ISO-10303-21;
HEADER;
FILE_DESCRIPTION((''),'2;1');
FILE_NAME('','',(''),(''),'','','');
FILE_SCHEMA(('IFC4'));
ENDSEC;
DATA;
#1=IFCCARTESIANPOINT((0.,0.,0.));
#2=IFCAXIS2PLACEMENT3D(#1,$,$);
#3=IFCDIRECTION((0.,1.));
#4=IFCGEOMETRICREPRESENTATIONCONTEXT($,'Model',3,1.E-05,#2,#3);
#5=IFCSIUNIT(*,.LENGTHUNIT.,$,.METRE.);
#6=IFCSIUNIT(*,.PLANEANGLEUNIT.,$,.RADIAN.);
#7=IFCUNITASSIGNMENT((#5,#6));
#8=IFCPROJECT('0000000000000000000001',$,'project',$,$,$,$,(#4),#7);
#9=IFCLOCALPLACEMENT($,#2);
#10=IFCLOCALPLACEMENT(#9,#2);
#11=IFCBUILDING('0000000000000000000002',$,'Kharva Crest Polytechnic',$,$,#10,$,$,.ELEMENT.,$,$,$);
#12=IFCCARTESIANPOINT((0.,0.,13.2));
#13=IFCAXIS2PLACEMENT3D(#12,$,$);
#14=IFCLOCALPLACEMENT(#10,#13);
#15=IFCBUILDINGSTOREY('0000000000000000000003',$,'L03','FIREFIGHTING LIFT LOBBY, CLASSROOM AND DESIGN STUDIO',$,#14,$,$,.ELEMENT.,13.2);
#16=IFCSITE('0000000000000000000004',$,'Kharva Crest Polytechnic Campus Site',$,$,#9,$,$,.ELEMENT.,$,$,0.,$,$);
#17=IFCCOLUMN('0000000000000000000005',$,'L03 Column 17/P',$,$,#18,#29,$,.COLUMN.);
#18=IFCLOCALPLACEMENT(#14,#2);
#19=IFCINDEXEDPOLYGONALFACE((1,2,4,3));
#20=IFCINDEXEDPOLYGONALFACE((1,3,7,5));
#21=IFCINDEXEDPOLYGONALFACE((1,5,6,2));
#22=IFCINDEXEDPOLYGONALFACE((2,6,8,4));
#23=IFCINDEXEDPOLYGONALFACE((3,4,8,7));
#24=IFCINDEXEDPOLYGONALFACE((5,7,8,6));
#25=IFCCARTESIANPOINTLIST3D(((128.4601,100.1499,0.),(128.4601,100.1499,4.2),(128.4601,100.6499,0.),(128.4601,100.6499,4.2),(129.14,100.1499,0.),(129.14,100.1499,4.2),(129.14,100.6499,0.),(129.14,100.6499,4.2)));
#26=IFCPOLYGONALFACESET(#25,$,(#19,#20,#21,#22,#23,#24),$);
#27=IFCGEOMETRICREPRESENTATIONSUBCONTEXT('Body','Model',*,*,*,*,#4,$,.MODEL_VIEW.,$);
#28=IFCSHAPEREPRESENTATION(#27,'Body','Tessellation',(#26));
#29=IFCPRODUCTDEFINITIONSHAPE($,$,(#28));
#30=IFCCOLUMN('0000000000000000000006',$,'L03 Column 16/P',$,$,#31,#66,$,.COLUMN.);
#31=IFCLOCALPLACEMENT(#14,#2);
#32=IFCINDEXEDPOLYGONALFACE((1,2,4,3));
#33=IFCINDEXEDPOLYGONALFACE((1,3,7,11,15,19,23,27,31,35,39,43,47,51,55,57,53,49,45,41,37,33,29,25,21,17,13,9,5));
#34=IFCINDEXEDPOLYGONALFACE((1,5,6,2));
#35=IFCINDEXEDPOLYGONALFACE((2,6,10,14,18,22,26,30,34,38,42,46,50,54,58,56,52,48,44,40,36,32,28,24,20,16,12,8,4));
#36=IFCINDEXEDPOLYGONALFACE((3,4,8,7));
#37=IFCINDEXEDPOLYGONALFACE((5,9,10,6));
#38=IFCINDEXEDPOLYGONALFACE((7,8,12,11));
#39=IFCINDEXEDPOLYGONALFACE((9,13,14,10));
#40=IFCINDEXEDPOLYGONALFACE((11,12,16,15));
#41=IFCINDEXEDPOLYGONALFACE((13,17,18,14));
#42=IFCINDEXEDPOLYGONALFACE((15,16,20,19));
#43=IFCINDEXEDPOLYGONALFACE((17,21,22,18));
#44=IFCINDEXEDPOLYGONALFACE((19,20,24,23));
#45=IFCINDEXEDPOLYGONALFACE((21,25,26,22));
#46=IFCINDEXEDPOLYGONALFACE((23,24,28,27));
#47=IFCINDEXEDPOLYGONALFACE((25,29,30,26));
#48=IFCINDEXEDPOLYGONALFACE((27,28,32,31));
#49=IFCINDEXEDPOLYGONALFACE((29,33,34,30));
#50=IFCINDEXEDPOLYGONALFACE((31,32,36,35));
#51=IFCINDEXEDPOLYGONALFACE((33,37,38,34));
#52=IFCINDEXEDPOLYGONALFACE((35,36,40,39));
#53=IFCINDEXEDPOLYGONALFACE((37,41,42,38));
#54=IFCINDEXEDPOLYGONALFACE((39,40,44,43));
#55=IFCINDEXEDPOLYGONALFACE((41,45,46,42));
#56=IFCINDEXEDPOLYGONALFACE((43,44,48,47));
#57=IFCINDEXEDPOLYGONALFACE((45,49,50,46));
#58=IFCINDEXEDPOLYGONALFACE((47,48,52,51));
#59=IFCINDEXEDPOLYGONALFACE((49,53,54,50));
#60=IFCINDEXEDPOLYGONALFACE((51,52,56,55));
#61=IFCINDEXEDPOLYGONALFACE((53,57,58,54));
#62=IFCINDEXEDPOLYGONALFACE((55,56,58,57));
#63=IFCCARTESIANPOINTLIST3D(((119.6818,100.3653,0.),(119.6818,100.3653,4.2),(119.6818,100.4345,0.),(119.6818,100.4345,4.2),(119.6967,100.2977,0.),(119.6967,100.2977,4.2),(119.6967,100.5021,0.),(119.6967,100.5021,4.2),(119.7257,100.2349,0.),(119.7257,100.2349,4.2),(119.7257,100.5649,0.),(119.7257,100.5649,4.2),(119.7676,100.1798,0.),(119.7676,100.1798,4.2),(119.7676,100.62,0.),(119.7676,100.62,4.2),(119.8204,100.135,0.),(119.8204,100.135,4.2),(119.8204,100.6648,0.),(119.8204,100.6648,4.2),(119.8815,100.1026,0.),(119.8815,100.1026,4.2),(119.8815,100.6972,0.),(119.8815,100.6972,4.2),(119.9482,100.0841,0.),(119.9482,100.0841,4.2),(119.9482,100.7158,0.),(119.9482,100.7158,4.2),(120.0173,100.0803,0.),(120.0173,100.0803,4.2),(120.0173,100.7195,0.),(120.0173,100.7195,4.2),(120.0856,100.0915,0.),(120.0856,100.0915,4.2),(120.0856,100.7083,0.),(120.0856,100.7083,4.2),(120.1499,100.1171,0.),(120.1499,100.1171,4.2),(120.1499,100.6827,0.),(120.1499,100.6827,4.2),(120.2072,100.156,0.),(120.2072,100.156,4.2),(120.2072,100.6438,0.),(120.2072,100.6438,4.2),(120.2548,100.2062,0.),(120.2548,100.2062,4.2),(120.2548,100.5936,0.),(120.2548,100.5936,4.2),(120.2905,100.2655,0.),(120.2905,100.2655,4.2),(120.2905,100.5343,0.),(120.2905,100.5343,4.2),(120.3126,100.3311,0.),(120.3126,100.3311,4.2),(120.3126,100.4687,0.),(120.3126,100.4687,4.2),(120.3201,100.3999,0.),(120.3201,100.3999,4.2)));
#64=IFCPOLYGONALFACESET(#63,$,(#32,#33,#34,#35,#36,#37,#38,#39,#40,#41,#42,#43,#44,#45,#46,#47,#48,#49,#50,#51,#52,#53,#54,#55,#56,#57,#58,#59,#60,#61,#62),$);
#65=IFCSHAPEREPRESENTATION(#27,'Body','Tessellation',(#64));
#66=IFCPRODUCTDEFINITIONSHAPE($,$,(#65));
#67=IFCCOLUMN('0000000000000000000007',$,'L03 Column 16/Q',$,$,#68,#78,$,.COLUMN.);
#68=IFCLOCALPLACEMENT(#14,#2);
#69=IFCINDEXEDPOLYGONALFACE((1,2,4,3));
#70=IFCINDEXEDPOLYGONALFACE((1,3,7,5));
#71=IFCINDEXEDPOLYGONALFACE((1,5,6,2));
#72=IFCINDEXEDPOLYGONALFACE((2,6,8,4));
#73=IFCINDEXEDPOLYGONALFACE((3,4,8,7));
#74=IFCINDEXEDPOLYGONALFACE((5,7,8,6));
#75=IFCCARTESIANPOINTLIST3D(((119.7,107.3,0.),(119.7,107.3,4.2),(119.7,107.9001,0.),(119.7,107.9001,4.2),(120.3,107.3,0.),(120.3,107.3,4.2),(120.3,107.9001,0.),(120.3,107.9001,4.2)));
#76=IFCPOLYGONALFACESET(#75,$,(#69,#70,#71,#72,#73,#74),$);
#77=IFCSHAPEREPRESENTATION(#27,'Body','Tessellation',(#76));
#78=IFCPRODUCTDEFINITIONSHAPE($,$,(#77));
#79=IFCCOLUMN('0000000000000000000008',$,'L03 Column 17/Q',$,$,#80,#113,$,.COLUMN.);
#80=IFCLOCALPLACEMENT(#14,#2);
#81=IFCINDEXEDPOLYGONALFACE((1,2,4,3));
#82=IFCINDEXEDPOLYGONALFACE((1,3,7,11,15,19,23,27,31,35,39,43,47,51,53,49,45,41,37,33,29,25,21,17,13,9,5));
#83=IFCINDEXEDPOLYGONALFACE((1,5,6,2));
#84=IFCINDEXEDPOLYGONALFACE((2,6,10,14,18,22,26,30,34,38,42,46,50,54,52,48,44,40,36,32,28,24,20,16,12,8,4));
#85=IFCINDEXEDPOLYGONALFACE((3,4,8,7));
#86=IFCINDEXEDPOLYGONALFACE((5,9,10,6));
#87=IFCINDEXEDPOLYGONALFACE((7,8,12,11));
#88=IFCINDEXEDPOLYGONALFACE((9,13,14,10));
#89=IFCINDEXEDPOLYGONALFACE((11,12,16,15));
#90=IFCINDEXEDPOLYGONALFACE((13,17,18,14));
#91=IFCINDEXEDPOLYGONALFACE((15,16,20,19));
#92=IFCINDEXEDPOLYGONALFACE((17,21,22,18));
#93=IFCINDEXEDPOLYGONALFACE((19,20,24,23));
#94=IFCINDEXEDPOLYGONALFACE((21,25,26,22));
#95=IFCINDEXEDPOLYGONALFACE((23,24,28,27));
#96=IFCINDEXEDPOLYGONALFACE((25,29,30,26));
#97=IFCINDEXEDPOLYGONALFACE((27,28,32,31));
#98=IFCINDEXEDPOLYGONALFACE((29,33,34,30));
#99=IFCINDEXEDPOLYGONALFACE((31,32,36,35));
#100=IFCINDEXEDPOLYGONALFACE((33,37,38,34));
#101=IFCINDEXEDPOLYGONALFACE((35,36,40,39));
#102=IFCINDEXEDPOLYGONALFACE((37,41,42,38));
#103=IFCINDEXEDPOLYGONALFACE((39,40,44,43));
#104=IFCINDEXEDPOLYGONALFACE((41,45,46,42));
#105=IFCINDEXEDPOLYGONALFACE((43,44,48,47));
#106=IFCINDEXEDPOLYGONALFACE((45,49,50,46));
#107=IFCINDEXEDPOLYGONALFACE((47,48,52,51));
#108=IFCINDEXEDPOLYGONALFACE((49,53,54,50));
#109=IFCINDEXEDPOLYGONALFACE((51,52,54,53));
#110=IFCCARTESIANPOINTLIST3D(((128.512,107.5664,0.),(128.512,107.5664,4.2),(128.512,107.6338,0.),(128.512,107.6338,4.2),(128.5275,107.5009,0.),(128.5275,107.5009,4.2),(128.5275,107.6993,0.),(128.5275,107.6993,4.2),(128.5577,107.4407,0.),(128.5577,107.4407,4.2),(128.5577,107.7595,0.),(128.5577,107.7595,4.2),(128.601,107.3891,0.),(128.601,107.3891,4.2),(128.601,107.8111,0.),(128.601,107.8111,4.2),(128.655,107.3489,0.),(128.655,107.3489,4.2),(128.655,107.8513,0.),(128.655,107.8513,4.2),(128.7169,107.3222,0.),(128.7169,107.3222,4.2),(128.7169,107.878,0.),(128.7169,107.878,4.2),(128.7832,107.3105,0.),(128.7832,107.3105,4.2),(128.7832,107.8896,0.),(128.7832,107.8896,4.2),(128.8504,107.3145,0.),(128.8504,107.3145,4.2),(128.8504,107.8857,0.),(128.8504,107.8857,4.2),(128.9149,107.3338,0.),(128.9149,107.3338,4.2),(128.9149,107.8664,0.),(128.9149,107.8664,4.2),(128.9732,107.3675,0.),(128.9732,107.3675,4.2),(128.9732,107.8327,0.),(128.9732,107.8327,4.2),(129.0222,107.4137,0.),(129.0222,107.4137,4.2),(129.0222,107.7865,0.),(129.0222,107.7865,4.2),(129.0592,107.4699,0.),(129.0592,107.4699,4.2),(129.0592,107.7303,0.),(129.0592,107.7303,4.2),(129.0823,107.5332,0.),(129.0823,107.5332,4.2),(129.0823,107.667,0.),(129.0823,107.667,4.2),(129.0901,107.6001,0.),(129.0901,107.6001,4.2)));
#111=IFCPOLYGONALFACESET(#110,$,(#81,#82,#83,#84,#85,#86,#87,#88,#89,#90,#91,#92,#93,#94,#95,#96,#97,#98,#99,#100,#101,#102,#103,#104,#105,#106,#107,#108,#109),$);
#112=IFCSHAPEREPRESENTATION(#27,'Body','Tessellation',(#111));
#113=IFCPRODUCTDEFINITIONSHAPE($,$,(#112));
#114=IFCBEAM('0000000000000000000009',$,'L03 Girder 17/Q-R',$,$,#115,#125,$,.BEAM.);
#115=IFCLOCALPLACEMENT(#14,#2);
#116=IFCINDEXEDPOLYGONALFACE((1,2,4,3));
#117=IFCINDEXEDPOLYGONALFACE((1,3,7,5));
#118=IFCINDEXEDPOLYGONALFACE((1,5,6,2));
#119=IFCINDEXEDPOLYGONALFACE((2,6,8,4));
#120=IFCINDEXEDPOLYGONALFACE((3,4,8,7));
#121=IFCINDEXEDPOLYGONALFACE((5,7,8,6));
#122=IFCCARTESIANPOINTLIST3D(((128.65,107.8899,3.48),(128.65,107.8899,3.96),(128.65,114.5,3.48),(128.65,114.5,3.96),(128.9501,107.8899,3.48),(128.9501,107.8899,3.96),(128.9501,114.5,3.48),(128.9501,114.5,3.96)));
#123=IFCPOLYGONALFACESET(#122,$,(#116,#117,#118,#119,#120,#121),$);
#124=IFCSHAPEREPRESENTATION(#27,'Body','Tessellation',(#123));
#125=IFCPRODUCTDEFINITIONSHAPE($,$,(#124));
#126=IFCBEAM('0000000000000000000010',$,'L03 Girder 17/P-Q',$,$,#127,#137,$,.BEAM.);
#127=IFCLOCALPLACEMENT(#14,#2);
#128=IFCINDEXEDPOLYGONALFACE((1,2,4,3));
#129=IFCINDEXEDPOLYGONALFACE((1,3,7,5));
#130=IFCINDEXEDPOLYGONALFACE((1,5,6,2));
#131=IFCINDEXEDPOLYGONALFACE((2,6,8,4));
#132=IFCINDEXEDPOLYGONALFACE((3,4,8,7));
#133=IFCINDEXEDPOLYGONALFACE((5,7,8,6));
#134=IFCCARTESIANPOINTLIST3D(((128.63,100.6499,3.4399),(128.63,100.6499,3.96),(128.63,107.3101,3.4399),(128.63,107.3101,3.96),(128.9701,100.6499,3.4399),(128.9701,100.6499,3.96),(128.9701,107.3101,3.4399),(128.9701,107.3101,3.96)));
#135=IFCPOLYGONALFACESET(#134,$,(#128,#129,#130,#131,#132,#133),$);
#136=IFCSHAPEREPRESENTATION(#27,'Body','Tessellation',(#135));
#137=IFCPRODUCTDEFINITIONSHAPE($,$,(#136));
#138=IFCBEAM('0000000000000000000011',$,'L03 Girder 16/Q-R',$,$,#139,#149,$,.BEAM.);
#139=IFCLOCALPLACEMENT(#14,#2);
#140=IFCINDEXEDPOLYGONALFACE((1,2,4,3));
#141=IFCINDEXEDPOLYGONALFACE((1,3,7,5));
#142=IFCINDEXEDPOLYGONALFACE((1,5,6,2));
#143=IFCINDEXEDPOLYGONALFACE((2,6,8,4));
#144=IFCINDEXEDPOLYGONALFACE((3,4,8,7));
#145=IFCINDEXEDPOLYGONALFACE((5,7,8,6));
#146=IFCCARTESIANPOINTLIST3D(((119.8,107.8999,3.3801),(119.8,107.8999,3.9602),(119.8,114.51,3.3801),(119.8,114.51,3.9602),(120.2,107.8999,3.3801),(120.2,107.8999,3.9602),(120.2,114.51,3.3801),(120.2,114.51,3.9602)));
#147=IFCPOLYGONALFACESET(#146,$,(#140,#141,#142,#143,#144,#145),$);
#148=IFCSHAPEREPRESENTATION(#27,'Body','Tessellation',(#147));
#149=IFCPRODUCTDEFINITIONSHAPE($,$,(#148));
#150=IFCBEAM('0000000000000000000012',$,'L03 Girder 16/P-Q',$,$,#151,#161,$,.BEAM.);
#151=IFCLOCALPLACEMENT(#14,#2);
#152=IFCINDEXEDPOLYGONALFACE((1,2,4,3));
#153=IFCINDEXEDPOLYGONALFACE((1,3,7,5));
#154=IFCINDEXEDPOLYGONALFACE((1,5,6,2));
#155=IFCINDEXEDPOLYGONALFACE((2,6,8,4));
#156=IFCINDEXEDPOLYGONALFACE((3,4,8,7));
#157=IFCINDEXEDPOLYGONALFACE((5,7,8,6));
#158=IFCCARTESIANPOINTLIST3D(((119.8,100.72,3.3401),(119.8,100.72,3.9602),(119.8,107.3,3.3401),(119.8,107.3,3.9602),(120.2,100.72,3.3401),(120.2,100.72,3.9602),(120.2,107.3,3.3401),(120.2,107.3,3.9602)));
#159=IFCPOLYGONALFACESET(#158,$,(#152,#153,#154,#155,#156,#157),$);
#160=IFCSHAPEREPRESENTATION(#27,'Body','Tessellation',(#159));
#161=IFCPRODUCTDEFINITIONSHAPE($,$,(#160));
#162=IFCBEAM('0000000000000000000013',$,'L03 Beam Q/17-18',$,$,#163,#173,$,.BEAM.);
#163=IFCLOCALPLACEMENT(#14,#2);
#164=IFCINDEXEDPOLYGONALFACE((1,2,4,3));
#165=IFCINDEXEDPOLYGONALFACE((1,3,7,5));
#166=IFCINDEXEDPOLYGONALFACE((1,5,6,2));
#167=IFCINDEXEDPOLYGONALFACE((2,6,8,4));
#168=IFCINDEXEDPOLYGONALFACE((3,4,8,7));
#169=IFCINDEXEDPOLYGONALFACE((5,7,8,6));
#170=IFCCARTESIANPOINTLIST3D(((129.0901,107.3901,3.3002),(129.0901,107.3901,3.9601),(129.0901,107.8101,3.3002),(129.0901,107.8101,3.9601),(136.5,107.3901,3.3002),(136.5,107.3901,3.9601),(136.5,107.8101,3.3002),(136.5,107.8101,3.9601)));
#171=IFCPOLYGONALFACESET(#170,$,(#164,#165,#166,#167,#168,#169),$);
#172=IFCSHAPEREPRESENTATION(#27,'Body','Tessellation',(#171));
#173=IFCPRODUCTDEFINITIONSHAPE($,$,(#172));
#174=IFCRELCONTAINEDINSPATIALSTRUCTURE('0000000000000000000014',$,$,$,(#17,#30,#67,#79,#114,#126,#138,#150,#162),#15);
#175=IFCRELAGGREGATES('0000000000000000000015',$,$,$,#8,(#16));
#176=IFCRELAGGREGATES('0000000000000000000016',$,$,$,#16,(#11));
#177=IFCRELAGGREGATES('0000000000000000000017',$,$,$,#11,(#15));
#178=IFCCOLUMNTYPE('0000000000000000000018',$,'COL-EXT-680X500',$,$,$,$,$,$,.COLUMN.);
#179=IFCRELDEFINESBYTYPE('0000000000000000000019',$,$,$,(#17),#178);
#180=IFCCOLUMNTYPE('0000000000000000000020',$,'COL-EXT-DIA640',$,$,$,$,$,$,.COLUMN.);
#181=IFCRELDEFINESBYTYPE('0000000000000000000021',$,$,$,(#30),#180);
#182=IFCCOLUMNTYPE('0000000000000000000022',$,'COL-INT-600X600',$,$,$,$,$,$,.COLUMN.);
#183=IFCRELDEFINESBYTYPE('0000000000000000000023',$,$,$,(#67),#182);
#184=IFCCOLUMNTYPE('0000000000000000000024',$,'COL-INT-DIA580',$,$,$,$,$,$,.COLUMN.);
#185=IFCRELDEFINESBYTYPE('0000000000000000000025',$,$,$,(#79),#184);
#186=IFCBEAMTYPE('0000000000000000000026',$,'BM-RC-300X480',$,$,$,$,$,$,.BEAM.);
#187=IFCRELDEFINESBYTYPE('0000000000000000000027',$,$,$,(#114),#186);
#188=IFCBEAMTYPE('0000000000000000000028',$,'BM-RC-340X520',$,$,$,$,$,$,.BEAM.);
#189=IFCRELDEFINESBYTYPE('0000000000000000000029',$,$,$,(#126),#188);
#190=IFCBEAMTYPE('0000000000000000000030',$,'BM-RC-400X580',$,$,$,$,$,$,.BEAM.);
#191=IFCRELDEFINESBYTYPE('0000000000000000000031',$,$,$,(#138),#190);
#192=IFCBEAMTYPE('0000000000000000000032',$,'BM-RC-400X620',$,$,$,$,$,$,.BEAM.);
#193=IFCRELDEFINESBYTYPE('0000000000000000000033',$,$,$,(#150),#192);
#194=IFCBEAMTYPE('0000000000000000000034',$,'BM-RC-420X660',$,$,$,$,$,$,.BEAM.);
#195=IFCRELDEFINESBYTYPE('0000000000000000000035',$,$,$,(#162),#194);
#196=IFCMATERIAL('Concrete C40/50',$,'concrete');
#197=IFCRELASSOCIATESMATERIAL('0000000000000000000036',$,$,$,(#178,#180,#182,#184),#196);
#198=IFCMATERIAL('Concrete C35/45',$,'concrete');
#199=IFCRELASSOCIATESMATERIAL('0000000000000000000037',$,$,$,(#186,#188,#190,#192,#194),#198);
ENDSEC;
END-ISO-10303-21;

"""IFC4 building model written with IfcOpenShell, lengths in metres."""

from ifc_helpers import new_model, si_unit, direction, frame, origin, origin_2d, place, context, subcontext, project, spatial, rectangle, circle, extrude, material, material_profile, profile_set, type_object, element, save


model = new_model("IFC4")

# Units and contexts
model_context = context("Model", 3, precision=1e-05, world=origin(), true_north=direction((0.0, 1.0)))
body_context = subcontext(model_context, "Body", "Model", "MODEL_VIEW")
ifc_project = project(units=[si_unit("LENGTHUNIT", "METRE"), si_unit("PLANEANGLEUNIT", "RADIAN")], contexts=[model_context])

# Site, building, storey
site_placement = place(None, origin())
site = spatial("IfcSite", under=ifc_project, at=site_placement, Name="Kharva Crest Polytechnic Campus Site", CompositionType="ELEMENT", RefElevation=0.0)
building_placement = place(site_placement, origin())
building = spatial("IfcBuilding", under=site, at=building_placement, Name="Kharva Crest Polytechnic", CompositionType="ELEMENT")
storey_placement = place(building_placement, frame((0.0, 0.0, 13.2)))
storey = spatial("IfcBuildingStorey", under=building, at=storey_placement, Name="L03", Description="FIREFIGHTING LIFT LOBBY, CLASSROOM AND DESIGN STUDIO", CompositionType="ELEMENT", Elevation=13.2)

# Columns
ifc_material_1 = material(Name="Concrete C40/50", Category="concrete")
ifc_material_profile_1 = material_profile(ifc_material_1, rectangle(XDim=0.6799, YDim=0.5, at=origin_2d()), Name="RECT 680 X 500")
ifc_profile_set_1 = profile_set([ifc_material_profile_1], Name="Concrete C40/50")
column_type_1 = type_object("IfcColumnType", Name="COL-EXT-680X500", PredefinedType="COLUMN", material=ifc_profile_set_1)
column_1_placement = place(storey_placement, frame((128.8, 100.3999, 0.0), z_axis=(0.0, 0.0, 1.0), x_axis=(1.0, 0.0, 0.0)))
element("IfcColumn", 1, at=column_1_placement, inside=storey, type_object=column_type_1, Name="L03 Column 17/P", PredefinedType="COLUMN", context=body_context, shape_type="SweptSolid", body=[
    extrude(rectangle(XDim=0.6799, YDim=0.5, at=origin_2d()), origin(), (0.0, 0.0, 1.0), 4.2),
])
ifc_material_profile_2 = material_profile(ifc_material_1, circle(Radius=0.3201, at=origin_2d()), Name="DIA 640")
ifc_profile_set_2 = profile_set([ifc_material_profile_2], Name="Concrete C40/50")
column_type_2 = type_object("IfcColumnType", Name="COL-EXT-DIA640", PredefinedType="COLUMN", material=ifc_profile_set_2)
column_2_placement = place(storey_placement, frame((120.0, 100.3999, 0.0), z_axis=(0.0, 0.0, 1.0), x_axis=(1.0, 0.0, 0.0)))
element("IfcColumn", 2, at=column_2_placement, inside=storey, type_object=column_type_2, Name="L03 Column 16/P", PredefinedType="COLUMN", context=body_context, shape_type="SweptSolid", body=[
    extrude(circle(Radius=0.3201, at=origin_2d()), origin(), (0.0, 0.0, 1.0), 4.2),
])
ifc_material_profile_3 = material_profile(ifc_material_1, rectangle(XDim=0.6001, YDim=0.6001, at=origin_2d()), Name="RECT 600 X 600")
ifc_profile_set_3 = profile_set([ifc_material_profile_3], Name="Concrete C40/50")
column_type_3 = type_object("IfcColumnType", Name="COL-INT-600X600", PredefinedType="COLUMN", material=ifc_profile_set_3)
column_3_placement = place(storey_placement, frame((120.0, 107.6001, 0.0), z_axis=(0.0, 0.0, 1.0), x_axis=(1.0, 0.0, 0.0)))
element("IfcColumn", 3, at=column_3_placement, inside=storey, type_object=column_type_3, Name="L03 Column 16/Q", PredefinedType="COLUMN", context=body_context, shape_type="SweptSolid", body=[
    extrude(rectangle(XDim=0.6001, YDim=0.6001, at=origin_2d()), origin(), (0.0, 0.0, 1.0), 4.2),
])
ifc_material_profile_4 = material_profile(ifc_material_1, circle(Radius=0.29, at=origin_2d()), Name="DIA 580")
ifc_profile_set_4 = profile_set([ifc_material_profile_4], Name="Concrete C40/50")
column_type_4 = type_object("IfcColumnType", Name="COL-INT-DIA580", PredefinedType="COLUMN", material=ifc_profile_set_4)
column_4_placement = place(storey_placement, frame((128.8, 107.6001, 0.0), z_axis=(0.0, 0.0, 1.0), x_axis=(1.0, 0.0, 0.0)))
element("IfcColumn", 4, at=column_4_placement, inside=storey, type_object=column_type_4, Name="L03 Column 17/Q", PredefinedType="COLUMN", context=body_context, shape_type="SweptSolid", body=[
    extrude(circle(Radius=0.29, at=origin_2d()), origin(), (0.0, 0.0, 1.0), 4.2),
])

# Beams
ifc_material_2 = material(Name="Concrete C35/45", Category="concrete")
ifc_material_profile_5 = material_profile(ifc_material_2, rectangle(XDim=0.3, YDim=0.48, at=origin_2d()), Name="RECT 300 X 480")
ifc_profile_set_5 = profile_set([ifc_material_profile_5], Name="Concrete C35/45")
beam_type_1 = type_object("IfcBeamType", Name="BM-RC-300X480", PredefinedType="BEAM", material=ifc_profile_set_5)
beam_1_placement = place(storey_placement, frame((128.8, 107.8899, 3.72), z_axis=(0.0, 1.0, 0.0), x_axis=(-1.0, 0.0, 0.0)))
element("IfcBeam", 5, at=beam_1_placement, inside=storey, type_object=beam_type_1, Name="L03 Girder 17/Q-R", PredefinedType="BEAM", context=body_context, shape_type="SweptSolid", body=[
    extrude(rectangle(XDim=0.3, YDim=0.48, at=origin_2d()), origin(), (0.0, 0.0, 1.0), 6.6101),
])
ifc_material_profile_6 = material_profile(ifc_material_2, rectangle(XDim=0.3401, YDim=0.52, at=origin_2d()), Name="RECT 340 X 520")
ifc_profile_set_6 = profile_set([ifc_material_profile_6], Name="Concrete C35/45")
beam_type_2 = type_object("IfcBeamType", Name="BM-RC-340X520", PredefinedType="BEAM", material=ifc_profile_set_6)
beam_2_placement = place(storey_placement, frame((128.8, 100.6499, 3.7), z_axis=(0.0, 1.0, 0.0), x_axis=(-1.0, 0.0, 0.0)))
element("IfcBeam", 6, at=beam_2_placement, inside=storey, type_object=beam_type_2, Name="L03 Girder 17/P-Q", PredefinedType="BEAM", context=body_context, shape_type="SweptSolid", body=[
    extrude(rectangle(XDim=0.3401, YDim=0.52, at=origin_2d()), origin(), (0.0, 0.0, 1.0), 6.6602),
])
ifc_material_profile_7 = material_profile(ifc_material_2, rectangle(XDim=0.3999, YDim=0.5801, at=origin_2d()), Name="RECT 400 X 580")
ifc_profile_set_7 = profile_set([ifc_material_profile_7], Name="Concrete C35/45")
beam_type_3 = type_object("IfcBeamType", Name="BM-RC-400X580", PredefinedType="BEAM", material=ifc_profile_set_7)
beam_3_placement = place(storey_placement, frame((120.0, 107.8999, 3.6702), z_axis=(0.0, 1.0, 0.0), x_axis=(-1.0, 0.0, 0.0)))
element("IfcBeam", 7, at=beam_3_placement, inside=storey, type_object=beam_type_3, Name="L03 Girder 16/Q-R", PredefinedType="BEAM", context=body_context, shape_type="SweptSolid", body=[
    extrude(rectangle(XDim=0.3999, YDim=0.5801, at=origin_2d()), origin(), (0.0, 0.0, 1.0), 6.6101),
])
ifc_material_profile_8 = material_profile(ifc_material_2, rectangle(XDim=0.3999, YDim=0.6201, at=origin_2d()), Name="RECT 400 X 620")
ifc_profile_set_8 = profile_set([ifc_material_profile_8], Name="Concrete C35/45")
beam_type_4 = type_object("IfcBeamType", Name="BM-RC-400X620", PredefinedType="BEAM", material=ifc_profile_set_8)
beam_4_placement = place(storey_placement, frame((120.0, 100.72, 3.6501), z_axis=(0.0, 1.0, 0.0), x_axis=(-1.0, 0.0, 0.0)))
element("IfcBeam", 8, at=beam_4_placement, inside=storey, type_object=beam_type_4, Name="L03 Girder 16/P-Q", PredefinedType="BEAM", context=body_context, shape_type="SweptSolid", body=[
    extrude(rectangle(XDim=0.3999, YDim=0.6201, at=origin_2d()), origin(), (0.0, 0.0, 1.0), 6.5801),
])
ifc_material_profile_9 = material_profile(ifc_material_2, rectangle(XDim=0.4199, YDim=0.6599, at=origin_2d()), Name="RECT 420 X 660")
ifc_profile_set_9 = profile_set([ifc_material_profile_9], Name="Concrete C35/45")
beam_type_5 = type_object("IfcBeamType", Name="BM-RC-420X660", PredefinedType="BEAM", material=ifc_profile_set_9)
beam_5_placement = place(storey_placement, frame((129.0901, 107.6001, 3.6301), z_axis=(1.0, 0.0, 0.0), x_axis=(0.0, 1.0, 0.0)))
element("IfcBeam", 9, at=beam_5_placement, inside=storey, type_object=beam_type_5, Name="L03 Beam Q/17-18", PredefinedType="BEAM", context=body_context, shape_type="SweptSolid", body=[
    extrude(rectangle(XDim=0.4199, YDim=0.6599, at=origin_2d()), origin(), (0.0, 0.0, 1.0), 7.4099),
])

save(model, "model.ifc")
